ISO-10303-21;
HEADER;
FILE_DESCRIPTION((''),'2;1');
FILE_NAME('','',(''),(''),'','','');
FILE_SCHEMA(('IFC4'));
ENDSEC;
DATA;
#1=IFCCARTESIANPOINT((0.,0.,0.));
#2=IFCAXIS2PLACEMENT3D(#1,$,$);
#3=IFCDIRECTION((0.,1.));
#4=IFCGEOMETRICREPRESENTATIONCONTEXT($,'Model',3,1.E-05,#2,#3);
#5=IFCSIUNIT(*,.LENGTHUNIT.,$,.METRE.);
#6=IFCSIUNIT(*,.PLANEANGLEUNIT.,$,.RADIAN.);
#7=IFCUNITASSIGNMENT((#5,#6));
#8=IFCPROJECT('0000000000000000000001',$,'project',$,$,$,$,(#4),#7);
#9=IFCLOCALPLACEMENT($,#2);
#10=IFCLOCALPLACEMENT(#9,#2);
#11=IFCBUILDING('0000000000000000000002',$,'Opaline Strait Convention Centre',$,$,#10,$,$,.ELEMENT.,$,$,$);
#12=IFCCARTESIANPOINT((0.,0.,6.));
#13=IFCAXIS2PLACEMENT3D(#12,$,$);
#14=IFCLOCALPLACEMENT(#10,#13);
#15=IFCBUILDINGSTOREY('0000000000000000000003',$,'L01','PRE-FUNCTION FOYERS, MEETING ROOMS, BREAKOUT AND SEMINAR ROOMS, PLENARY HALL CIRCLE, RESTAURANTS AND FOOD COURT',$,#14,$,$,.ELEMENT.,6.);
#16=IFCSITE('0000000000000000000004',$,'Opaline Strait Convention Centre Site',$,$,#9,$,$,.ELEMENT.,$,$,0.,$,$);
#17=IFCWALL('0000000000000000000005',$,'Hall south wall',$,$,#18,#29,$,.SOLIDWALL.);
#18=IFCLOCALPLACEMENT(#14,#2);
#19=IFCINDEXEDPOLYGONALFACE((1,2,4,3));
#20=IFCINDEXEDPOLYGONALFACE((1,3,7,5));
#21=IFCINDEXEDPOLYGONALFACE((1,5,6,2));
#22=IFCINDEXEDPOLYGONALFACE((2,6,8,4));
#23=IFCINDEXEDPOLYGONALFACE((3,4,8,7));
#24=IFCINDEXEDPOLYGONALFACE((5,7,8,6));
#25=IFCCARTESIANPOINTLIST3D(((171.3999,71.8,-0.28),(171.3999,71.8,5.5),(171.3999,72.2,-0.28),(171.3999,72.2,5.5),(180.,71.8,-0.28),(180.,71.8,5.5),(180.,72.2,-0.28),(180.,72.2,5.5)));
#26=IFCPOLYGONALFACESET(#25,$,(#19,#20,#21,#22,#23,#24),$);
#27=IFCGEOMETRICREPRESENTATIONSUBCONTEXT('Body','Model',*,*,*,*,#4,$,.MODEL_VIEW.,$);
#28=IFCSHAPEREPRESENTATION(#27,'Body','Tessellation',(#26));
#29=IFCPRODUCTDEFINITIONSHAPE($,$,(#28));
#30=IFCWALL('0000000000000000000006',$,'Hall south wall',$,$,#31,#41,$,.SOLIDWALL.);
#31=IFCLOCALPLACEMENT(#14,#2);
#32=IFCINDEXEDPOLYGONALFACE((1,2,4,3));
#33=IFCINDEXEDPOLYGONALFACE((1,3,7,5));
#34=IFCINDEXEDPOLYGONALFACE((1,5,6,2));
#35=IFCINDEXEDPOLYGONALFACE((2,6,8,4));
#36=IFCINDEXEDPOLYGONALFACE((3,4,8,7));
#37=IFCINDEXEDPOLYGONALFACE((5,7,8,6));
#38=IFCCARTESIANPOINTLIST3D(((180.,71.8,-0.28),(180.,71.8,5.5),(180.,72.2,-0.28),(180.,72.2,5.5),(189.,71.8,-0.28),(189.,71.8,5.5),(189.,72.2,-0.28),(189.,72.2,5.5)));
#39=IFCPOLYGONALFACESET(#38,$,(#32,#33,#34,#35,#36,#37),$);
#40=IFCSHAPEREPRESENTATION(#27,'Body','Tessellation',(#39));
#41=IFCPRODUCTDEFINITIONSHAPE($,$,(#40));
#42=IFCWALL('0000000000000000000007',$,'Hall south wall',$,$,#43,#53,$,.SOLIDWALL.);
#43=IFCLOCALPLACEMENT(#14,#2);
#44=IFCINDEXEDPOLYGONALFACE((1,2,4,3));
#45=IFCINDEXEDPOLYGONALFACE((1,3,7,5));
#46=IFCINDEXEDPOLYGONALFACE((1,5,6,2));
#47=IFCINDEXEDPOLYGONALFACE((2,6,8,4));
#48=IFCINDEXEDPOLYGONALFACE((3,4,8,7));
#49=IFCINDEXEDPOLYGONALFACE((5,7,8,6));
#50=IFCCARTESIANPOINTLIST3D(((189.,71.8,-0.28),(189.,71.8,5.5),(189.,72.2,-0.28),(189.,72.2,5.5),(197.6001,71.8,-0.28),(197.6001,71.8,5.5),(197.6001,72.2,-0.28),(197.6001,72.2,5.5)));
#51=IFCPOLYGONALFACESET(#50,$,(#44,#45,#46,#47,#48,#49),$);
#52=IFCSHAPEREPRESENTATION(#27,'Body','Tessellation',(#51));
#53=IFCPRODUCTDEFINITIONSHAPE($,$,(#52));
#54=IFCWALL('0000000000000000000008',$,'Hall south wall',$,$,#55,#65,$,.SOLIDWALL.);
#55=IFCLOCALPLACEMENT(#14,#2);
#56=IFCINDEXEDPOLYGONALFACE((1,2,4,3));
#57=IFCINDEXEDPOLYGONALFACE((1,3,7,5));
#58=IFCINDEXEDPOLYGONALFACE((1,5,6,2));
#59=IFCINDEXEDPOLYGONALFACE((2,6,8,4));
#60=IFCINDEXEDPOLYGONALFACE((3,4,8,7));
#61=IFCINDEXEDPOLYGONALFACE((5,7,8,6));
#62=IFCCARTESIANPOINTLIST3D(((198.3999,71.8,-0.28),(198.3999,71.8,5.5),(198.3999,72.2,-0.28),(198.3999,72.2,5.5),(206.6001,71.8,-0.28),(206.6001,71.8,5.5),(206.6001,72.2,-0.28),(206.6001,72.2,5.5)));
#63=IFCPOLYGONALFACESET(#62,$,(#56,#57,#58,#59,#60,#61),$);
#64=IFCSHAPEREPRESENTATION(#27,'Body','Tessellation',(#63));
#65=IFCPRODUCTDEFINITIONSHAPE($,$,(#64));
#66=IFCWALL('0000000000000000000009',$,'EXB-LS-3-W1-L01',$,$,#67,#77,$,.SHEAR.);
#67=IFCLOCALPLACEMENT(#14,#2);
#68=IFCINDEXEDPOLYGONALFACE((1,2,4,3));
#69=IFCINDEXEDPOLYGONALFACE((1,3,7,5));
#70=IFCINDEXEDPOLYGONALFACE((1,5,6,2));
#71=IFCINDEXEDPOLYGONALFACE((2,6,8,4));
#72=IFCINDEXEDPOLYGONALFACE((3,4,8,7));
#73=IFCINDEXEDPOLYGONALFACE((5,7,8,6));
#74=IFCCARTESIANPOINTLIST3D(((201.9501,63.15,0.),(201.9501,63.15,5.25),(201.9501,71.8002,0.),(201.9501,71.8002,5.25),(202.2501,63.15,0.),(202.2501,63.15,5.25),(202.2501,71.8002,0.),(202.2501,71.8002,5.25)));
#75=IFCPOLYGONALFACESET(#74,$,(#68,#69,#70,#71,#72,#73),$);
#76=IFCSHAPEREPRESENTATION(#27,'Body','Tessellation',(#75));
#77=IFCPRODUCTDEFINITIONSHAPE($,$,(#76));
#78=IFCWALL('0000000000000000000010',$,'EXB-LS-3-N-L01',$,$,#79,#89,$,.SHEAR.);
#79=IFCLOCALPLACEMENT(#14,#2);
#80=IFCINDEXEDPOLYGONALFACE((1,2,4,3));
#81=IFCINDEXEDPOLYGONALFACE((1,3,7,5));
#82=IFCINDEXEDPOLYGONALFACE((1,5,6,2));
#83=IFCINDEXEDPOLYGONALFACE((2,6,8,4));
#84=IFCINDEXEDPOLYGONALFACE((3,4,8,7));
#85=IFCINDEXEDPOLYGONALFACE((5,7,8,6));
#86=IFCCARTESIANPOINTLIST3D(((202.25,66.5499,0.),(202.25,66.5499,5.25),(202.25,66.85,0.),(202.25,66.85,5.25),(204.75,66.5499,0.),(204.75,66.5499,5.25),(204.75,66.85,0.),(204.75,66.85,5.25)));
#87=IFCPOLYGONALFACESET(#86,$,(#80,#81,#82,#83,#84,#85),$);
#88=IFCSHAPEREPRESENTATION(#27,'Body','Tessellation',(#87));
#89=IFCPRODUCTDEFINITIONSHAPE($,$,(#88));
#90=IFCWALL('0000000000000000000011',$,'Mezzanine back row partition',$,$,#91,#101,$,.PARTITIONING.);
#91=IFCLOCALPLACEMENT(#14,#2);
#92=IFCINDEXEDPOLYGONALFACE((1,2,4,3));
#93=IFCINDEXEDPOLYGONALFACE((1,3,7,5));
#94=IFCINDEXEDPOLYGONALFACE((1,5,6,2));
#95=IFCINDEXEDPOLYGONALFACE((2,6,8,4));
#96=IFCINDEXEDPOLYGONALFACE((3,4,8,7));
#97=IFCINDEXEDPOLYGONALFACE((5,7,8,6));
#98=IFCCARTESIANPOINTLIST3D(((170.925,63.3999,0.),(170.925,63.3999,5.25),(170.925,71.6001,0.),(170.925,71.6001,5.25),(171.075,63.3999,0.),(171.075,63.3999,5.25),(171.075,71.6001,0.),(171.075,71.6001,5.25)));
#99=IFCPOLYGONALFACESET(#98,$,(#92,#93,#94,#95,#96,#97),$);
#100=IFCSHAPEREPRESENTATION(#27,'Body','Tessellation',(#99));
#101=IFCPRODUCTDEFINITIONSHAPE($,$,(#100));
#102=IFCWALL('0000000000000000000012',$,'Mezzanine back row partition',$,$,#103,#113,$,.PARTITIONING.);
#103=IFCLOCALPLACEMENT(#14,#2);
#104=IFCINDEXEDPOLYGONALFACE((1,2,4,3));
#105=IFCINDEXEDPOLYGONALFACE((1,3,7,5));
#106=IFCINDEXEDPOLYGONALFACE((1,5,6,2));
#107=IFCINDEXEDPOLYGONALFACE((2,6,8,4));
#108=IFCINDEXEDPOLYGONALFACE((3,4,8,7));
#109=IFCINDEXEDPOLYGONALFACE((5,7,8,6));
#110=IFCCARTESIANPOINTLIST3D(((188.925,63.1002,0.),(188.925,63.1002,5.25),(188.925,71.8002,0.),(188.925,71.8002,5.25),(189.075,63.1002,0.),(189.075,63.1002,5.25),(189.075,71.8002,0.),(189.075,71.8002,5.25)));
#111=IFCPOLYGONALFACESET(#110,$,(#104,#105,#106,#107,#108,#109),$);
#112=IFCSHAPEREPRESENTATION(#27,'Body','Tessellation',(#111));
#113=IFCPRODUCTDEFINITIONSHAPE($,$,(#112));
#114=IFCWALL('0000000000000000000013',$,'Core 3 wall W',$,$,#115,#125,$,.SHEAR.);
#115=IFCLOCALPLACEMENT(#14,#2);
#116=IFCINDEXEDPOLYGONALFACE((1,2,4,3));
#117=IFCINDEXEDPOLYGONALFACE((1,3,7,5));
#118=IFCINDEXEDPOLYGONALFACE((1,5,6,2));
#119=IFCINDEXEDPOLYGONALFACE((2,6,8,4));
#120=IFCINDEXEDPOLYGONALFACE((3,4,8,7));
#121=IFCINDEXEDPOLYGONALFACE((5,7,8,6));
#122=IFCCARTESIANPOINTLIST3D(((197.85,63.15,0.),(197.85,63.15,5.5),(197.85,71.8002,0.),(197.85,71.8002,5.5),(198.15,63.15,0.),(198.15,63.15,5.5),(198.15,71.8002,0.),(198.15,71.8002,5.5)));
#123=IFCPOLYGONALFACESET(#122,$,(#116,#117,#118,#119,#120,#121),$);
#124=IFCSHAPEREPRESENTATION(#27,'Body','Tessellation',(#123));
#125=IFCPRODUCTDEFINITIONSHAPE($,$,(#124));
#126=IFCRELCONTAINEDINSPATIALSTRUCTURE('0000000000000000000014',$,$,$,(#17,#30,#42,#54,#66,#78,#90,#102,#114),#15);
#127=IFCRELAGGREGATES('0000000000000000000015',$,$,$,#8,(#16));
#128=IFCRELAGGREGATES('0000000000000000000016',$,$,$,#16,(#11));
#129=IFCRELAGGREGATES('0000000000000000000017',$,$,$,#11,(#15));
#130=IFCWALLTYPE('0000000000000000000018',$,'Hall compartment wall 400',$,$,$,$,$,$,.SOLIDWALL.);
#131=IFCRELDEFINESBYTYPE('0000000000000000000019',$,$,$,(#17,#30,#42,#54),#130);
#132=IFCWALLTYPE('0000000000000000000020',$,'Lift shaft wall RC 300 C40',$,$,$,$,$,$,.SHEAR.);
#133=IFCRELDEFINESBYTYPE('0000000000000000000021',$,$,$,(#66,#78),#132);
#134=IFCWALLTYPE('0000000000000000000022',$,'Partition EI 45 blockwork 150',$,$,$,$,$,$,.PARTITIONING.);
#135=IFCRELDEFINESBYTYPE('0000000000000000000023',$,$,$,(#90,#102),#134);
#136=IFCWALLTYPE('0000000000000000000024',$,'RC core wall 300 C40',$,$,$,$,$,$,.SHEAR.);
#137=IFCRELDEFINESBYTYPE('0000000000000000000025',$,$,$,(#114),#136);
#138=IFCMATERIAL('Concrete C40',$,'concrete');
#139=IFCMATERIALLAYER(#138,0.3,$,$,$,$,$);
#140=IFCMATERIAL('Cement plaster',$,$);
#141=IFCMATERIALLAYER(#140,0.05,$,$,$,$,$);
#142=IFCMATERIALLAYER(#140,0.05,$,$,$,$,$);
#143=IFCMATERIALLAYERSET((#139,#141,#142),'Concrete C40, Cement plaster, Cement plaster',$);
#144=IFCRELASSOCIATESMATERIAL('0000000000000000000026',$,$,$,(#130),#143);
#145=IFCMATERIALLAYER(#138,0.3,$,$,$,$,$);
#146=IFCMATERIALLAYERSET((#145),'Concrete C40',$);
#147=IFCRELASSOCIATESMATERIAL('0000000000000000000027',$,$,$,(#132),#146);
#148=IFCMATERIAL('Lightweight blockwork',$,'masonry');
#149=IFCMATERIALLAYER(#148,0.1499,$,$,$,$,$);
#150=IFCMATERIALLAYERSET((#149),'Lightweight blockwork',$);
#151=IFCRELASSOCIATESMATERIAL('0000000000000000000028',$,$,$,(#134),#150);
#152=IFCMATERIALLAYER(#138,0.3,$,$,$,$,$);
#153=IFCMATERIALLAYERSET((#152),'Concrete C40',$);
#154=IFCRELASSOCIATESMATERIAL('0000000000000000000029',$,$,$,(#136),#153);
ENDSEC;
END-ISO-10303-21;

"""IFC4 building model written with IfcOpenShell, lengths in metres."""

from ifc_helpers import new_model, si_unit, direction, frame, frame_2d, origin, place, context, subcontext, project, spatial, rectangle, extrude, material, layer, layer_set, type_object, element, save


model = new_model("IFC4")

# Units and contexts
model_context = context("Model", 3, precision=1e-05, world=origin(), true_north=direction((0.0, 1.0)))
body_context = subcontext(model_context, "Body", "Model", "MODEL_VIEW")
ifc_project = project(units=[si_unit("LENGTHUNIT", "METRE"), si_unit("PLANEANGLEUNIT", "RADIAN")], contexts=[model_context])

# Site, building, storey
site_placement = place(None, origin())
site = spatial("IfcSite", under=ifc_project, at=site_placement, Name="Opaline Strait Convention Centre Site", CompositionType="ELEMENT", RefElevation=0.0)
building_placement = place(site_placement, origin())
building = spatial("IfcBuilding", under=site, at=building_placement, Name="Opaline Strait Convention Centre", CompositionType="ELEMENT")
storey_placement = place(building_placement, frame((0.0, 0.0, 6.0)))
storey = spatial("IfcBuildingStorey", under=building, at=storey_placement, Name="L01", Description="PRE-FUNCTION FOYERS, MEETING ROOMS, BREAKOUT AND SEMINAR ROOMS, PLENARY HALL CIRCLE, RESTAURANTS AND FOOD COURT", CompositionType="ELEMENT", Elevation=6.0)

# Shared definitions
ifc_material_1 = material(Name="Concrete C40", Category="concrete")

# Walls
ifc_layer_1 = layer(ifc_material_1, 0.3)
ifc_material_2 = material(Name="Cement plaster")
ifc_layer_2 = layer(ifc_material_2, 0.05)
ifc_layer_3 = layer(ifc_material_2, 0.05)
ifc_layer_set_1 = layer_set([ifc_layer_1, ifc_layer_2, ifc_layer_3], Name="Concrete C40, Cement plaster, Cement plaster")
wall_type_1 = type_object("IfcWallType", Name="Hall compartment wall 400", PredefinedType="SOLIDWALL", material=ifc_layer_set_1)
wall_1_placement = place(storey_placement, frame((171.3999, 72.0, -0.28), z_axis=(0.0, 0.0, 1.0), x_axis=(1.0, 0.0, 0.0)))
element("IfcWall", 1, at=wall_1_placement, inside=storey, type_object=wall_type_1, Name="Hall south wall", PredefinedType="SOLIDWALL", context=body_context, shape_type="SweptSolid", body=[
    extrude(rectangle(XDim=8.6001, YDim=0.3999, at=frame_2d((4.3, 0.0))), origin(), (0.0, 0.0, 1.0), 5.78),
])
wall_2_placement = place(storey_placement, frame((180.0, 72.0, -0.28), z_axis=(0.0, 0.0, 1.0), x_axis=(1.0, 0.0, 0.0)))
element("IfcWall", 2, at=wall_2_placement, inside=storey, type_object=wall_type_1, Name="Hall south wall", PredefinedType="SOLIDWALL", context=body_context, shape_type="SweptSolid", body=[
    extrude(rectangle(XDim=9.0, YDim=0.3999, at=frame_2d((4.5, 0.0))), origin(), (0.0, 0.0, 1.0), 5.78),
])
wall_3_placement = place(storey_placement, frame((189.0, 72.0, -0.28), z_axis=(0.0, 0.0, 1.0), x_axis=(1.0, 0.0, 0.0)))
element("IfcWall", 3, at=wall_3_placement, inside=storey, type_object=wall_type_1, Name="Hall south wall", PredefinedType="SOLIDWALL", context=body_context, shape_type="SweptSolid", body=[
    extrude(rectangle(XDim=8.6001, YDim=0.3999, at=frame_2d((4.3, 0.0))), origin(), (0.0, 0.0, 1.0), 5.78),
])
wall_4_placement = place(storey_placement, frame((198.3999, 72.0, -0.28), z_axis=(0.0, 0.0, 1.0), x_axis=(1.0, 0.0, 0.0)))
element("IfcWall", 4, at=wall_4_placement, inside=storey, type_object=wall_type_1, Name="Hall south wall", PredefinedType="SOLIDWALL", context=body_context, shape_type="SweptSolid", body=[
    extrude(rectangle(XDim=8.2002, YDim=0.3999, at=frame_2d((4.1001, 0.0))), origin(), (0.0, 0.0, 1.0), 5.78),
])
ifc_layer_4 = layer(ifc_material_1, 0.3)
ifc_layer_set_2 = layer_set([ifc_layer_4], Name="Concrete C40")
wall_type_2 = type_object("IfcWallType", Name="Lift shaft wall RC 300 C40", PredefinedType="SHEAR", material=ifc_layer_set_2)
wall_5_placement = place(storey_placement, frame((202.1001, 63.1499, 0.0), z_axis=(0.0, 0.0, 1.0), x_axis=(0.0, 1.0, 0.0)))
element("IfcWall", 5, at=wall_5_placement, inside=storey, type_object=wall_type_2, Name="EXB-LS-3-W1-L01", PredefinedType="SHEAR", context=body_context, shape_type="SweptSolid", body=[
    extrude(rectangle(XDim=8.6501, YDim=0.3, at=frame_2d((4.3252, 0.0))), origin(), (0.0, 0.0, 1.0), 5.25),
])
wall_6_placement = place(storey_placement, frame((202.25, 66.7, 0.0), z_axis=(0.0, 0.0, 1.0), x_axis=(1.0, 0.0, 0.0)))
element("IfcWall", 6, at=wall_6_placement, inside=storey, type_object=wall_type_2, Name="EXB-LS-3-N-L01", PredefinedType="SHEAR", context=body_context, shape_type="SweptSolid", body=[
    extrude(rectangle(XDim=2.5, YDim=0.3, at=frame_2d((1.25, 0.0))), origin(), (0.0, 0.0, 1.0), 5.25),
])
ifc_material_3 = material(Name="Lightweight blockwork", Category="masonry")
ifc_layer_5 = layer(ifc_material_3, 0.1499)
ifc_layer_set_3 = layer_set([ifc_layer_5], Name="Lightweight blockwork")
wall_type_3 = type_object("IfcWallType", Name="Partition EI 45 blockwork 150", PredefinedType="PARTITIONING", material=ifc_layer_set_3)
wall_7_placement = place(storey_placement, frame((171.0, 63.3999, 0.0), z_axis=(0.0, 0.0, 1.0), x_axis=(0.0, 1.0, 0.0)))
element("IfcWall", 7, at=wall_7_placement, inside=storey, type_object=wall_type_3, Name="Mezzanine back row partition", PredefinedType="PARTITIONING", context=body_context, shape_type="SweptSolid", body=[
    extrude(rectangle(XDim=8.2002, YDim=0.1499, at=frame_2d((4.1001, 0.0))), origin(), (0.0, 0.0, 1.0), 5.25),
])
wall_8_placement = place(storey_placement, frame((189.0, 63.1001, 0.0), z_axis=(0.0, 0.0, 1.0), x_axis=(0.0, 1.0, 0.0)))
element("IfcWall", 8, at=wall_8_placement, inside=storey, type_object=wall_type_3, Name="Mezzanine back row partition", PredefinedType="PARTITIONING", context=body_context, shape_type="SweptSolid", body=[
    extrude(rectangle(XDim=8.7, YDim=0.1499, at=frame_2d((4.3501, 0.0))), origin(), (0.0, 0.0, 1.0), 5.25),
])

# Shared definitions
ifc_layer_6 = layer(ifc_material_1, 0.3)
ifc_layer_set_4 = layer_set([ifc_layer_6], Name="Concrete C40")
wall_type_4 = type_object("IfcWallType", Name="RC core wall 300 C40", PredefinedType="SHEAR", material=ifc_layer_set_4)

# Wall
wall_9_placement = place(storey_placement, frame((198.0, 63.1499, 0.0), z_axis=(0.0, 0.0, 1.0), x_axis=(0.0, 1.0, 0.0)))
element("IfcWall", 9, at=wall_9_placement, inside=storey, type_object=wall_type_4, Name="Core 3 wall W", PredefinedType="SHEAR", context=body_context, shape_type="SweptSolid", body=[
    extrude(rectangle(XDim=8.6501, YDim=0.3, at=frame_2d((4.3252, 0.0))), origin(), (0.0, 0.0, 1.0), 5.5),
])

save(model, "model.ifc")
